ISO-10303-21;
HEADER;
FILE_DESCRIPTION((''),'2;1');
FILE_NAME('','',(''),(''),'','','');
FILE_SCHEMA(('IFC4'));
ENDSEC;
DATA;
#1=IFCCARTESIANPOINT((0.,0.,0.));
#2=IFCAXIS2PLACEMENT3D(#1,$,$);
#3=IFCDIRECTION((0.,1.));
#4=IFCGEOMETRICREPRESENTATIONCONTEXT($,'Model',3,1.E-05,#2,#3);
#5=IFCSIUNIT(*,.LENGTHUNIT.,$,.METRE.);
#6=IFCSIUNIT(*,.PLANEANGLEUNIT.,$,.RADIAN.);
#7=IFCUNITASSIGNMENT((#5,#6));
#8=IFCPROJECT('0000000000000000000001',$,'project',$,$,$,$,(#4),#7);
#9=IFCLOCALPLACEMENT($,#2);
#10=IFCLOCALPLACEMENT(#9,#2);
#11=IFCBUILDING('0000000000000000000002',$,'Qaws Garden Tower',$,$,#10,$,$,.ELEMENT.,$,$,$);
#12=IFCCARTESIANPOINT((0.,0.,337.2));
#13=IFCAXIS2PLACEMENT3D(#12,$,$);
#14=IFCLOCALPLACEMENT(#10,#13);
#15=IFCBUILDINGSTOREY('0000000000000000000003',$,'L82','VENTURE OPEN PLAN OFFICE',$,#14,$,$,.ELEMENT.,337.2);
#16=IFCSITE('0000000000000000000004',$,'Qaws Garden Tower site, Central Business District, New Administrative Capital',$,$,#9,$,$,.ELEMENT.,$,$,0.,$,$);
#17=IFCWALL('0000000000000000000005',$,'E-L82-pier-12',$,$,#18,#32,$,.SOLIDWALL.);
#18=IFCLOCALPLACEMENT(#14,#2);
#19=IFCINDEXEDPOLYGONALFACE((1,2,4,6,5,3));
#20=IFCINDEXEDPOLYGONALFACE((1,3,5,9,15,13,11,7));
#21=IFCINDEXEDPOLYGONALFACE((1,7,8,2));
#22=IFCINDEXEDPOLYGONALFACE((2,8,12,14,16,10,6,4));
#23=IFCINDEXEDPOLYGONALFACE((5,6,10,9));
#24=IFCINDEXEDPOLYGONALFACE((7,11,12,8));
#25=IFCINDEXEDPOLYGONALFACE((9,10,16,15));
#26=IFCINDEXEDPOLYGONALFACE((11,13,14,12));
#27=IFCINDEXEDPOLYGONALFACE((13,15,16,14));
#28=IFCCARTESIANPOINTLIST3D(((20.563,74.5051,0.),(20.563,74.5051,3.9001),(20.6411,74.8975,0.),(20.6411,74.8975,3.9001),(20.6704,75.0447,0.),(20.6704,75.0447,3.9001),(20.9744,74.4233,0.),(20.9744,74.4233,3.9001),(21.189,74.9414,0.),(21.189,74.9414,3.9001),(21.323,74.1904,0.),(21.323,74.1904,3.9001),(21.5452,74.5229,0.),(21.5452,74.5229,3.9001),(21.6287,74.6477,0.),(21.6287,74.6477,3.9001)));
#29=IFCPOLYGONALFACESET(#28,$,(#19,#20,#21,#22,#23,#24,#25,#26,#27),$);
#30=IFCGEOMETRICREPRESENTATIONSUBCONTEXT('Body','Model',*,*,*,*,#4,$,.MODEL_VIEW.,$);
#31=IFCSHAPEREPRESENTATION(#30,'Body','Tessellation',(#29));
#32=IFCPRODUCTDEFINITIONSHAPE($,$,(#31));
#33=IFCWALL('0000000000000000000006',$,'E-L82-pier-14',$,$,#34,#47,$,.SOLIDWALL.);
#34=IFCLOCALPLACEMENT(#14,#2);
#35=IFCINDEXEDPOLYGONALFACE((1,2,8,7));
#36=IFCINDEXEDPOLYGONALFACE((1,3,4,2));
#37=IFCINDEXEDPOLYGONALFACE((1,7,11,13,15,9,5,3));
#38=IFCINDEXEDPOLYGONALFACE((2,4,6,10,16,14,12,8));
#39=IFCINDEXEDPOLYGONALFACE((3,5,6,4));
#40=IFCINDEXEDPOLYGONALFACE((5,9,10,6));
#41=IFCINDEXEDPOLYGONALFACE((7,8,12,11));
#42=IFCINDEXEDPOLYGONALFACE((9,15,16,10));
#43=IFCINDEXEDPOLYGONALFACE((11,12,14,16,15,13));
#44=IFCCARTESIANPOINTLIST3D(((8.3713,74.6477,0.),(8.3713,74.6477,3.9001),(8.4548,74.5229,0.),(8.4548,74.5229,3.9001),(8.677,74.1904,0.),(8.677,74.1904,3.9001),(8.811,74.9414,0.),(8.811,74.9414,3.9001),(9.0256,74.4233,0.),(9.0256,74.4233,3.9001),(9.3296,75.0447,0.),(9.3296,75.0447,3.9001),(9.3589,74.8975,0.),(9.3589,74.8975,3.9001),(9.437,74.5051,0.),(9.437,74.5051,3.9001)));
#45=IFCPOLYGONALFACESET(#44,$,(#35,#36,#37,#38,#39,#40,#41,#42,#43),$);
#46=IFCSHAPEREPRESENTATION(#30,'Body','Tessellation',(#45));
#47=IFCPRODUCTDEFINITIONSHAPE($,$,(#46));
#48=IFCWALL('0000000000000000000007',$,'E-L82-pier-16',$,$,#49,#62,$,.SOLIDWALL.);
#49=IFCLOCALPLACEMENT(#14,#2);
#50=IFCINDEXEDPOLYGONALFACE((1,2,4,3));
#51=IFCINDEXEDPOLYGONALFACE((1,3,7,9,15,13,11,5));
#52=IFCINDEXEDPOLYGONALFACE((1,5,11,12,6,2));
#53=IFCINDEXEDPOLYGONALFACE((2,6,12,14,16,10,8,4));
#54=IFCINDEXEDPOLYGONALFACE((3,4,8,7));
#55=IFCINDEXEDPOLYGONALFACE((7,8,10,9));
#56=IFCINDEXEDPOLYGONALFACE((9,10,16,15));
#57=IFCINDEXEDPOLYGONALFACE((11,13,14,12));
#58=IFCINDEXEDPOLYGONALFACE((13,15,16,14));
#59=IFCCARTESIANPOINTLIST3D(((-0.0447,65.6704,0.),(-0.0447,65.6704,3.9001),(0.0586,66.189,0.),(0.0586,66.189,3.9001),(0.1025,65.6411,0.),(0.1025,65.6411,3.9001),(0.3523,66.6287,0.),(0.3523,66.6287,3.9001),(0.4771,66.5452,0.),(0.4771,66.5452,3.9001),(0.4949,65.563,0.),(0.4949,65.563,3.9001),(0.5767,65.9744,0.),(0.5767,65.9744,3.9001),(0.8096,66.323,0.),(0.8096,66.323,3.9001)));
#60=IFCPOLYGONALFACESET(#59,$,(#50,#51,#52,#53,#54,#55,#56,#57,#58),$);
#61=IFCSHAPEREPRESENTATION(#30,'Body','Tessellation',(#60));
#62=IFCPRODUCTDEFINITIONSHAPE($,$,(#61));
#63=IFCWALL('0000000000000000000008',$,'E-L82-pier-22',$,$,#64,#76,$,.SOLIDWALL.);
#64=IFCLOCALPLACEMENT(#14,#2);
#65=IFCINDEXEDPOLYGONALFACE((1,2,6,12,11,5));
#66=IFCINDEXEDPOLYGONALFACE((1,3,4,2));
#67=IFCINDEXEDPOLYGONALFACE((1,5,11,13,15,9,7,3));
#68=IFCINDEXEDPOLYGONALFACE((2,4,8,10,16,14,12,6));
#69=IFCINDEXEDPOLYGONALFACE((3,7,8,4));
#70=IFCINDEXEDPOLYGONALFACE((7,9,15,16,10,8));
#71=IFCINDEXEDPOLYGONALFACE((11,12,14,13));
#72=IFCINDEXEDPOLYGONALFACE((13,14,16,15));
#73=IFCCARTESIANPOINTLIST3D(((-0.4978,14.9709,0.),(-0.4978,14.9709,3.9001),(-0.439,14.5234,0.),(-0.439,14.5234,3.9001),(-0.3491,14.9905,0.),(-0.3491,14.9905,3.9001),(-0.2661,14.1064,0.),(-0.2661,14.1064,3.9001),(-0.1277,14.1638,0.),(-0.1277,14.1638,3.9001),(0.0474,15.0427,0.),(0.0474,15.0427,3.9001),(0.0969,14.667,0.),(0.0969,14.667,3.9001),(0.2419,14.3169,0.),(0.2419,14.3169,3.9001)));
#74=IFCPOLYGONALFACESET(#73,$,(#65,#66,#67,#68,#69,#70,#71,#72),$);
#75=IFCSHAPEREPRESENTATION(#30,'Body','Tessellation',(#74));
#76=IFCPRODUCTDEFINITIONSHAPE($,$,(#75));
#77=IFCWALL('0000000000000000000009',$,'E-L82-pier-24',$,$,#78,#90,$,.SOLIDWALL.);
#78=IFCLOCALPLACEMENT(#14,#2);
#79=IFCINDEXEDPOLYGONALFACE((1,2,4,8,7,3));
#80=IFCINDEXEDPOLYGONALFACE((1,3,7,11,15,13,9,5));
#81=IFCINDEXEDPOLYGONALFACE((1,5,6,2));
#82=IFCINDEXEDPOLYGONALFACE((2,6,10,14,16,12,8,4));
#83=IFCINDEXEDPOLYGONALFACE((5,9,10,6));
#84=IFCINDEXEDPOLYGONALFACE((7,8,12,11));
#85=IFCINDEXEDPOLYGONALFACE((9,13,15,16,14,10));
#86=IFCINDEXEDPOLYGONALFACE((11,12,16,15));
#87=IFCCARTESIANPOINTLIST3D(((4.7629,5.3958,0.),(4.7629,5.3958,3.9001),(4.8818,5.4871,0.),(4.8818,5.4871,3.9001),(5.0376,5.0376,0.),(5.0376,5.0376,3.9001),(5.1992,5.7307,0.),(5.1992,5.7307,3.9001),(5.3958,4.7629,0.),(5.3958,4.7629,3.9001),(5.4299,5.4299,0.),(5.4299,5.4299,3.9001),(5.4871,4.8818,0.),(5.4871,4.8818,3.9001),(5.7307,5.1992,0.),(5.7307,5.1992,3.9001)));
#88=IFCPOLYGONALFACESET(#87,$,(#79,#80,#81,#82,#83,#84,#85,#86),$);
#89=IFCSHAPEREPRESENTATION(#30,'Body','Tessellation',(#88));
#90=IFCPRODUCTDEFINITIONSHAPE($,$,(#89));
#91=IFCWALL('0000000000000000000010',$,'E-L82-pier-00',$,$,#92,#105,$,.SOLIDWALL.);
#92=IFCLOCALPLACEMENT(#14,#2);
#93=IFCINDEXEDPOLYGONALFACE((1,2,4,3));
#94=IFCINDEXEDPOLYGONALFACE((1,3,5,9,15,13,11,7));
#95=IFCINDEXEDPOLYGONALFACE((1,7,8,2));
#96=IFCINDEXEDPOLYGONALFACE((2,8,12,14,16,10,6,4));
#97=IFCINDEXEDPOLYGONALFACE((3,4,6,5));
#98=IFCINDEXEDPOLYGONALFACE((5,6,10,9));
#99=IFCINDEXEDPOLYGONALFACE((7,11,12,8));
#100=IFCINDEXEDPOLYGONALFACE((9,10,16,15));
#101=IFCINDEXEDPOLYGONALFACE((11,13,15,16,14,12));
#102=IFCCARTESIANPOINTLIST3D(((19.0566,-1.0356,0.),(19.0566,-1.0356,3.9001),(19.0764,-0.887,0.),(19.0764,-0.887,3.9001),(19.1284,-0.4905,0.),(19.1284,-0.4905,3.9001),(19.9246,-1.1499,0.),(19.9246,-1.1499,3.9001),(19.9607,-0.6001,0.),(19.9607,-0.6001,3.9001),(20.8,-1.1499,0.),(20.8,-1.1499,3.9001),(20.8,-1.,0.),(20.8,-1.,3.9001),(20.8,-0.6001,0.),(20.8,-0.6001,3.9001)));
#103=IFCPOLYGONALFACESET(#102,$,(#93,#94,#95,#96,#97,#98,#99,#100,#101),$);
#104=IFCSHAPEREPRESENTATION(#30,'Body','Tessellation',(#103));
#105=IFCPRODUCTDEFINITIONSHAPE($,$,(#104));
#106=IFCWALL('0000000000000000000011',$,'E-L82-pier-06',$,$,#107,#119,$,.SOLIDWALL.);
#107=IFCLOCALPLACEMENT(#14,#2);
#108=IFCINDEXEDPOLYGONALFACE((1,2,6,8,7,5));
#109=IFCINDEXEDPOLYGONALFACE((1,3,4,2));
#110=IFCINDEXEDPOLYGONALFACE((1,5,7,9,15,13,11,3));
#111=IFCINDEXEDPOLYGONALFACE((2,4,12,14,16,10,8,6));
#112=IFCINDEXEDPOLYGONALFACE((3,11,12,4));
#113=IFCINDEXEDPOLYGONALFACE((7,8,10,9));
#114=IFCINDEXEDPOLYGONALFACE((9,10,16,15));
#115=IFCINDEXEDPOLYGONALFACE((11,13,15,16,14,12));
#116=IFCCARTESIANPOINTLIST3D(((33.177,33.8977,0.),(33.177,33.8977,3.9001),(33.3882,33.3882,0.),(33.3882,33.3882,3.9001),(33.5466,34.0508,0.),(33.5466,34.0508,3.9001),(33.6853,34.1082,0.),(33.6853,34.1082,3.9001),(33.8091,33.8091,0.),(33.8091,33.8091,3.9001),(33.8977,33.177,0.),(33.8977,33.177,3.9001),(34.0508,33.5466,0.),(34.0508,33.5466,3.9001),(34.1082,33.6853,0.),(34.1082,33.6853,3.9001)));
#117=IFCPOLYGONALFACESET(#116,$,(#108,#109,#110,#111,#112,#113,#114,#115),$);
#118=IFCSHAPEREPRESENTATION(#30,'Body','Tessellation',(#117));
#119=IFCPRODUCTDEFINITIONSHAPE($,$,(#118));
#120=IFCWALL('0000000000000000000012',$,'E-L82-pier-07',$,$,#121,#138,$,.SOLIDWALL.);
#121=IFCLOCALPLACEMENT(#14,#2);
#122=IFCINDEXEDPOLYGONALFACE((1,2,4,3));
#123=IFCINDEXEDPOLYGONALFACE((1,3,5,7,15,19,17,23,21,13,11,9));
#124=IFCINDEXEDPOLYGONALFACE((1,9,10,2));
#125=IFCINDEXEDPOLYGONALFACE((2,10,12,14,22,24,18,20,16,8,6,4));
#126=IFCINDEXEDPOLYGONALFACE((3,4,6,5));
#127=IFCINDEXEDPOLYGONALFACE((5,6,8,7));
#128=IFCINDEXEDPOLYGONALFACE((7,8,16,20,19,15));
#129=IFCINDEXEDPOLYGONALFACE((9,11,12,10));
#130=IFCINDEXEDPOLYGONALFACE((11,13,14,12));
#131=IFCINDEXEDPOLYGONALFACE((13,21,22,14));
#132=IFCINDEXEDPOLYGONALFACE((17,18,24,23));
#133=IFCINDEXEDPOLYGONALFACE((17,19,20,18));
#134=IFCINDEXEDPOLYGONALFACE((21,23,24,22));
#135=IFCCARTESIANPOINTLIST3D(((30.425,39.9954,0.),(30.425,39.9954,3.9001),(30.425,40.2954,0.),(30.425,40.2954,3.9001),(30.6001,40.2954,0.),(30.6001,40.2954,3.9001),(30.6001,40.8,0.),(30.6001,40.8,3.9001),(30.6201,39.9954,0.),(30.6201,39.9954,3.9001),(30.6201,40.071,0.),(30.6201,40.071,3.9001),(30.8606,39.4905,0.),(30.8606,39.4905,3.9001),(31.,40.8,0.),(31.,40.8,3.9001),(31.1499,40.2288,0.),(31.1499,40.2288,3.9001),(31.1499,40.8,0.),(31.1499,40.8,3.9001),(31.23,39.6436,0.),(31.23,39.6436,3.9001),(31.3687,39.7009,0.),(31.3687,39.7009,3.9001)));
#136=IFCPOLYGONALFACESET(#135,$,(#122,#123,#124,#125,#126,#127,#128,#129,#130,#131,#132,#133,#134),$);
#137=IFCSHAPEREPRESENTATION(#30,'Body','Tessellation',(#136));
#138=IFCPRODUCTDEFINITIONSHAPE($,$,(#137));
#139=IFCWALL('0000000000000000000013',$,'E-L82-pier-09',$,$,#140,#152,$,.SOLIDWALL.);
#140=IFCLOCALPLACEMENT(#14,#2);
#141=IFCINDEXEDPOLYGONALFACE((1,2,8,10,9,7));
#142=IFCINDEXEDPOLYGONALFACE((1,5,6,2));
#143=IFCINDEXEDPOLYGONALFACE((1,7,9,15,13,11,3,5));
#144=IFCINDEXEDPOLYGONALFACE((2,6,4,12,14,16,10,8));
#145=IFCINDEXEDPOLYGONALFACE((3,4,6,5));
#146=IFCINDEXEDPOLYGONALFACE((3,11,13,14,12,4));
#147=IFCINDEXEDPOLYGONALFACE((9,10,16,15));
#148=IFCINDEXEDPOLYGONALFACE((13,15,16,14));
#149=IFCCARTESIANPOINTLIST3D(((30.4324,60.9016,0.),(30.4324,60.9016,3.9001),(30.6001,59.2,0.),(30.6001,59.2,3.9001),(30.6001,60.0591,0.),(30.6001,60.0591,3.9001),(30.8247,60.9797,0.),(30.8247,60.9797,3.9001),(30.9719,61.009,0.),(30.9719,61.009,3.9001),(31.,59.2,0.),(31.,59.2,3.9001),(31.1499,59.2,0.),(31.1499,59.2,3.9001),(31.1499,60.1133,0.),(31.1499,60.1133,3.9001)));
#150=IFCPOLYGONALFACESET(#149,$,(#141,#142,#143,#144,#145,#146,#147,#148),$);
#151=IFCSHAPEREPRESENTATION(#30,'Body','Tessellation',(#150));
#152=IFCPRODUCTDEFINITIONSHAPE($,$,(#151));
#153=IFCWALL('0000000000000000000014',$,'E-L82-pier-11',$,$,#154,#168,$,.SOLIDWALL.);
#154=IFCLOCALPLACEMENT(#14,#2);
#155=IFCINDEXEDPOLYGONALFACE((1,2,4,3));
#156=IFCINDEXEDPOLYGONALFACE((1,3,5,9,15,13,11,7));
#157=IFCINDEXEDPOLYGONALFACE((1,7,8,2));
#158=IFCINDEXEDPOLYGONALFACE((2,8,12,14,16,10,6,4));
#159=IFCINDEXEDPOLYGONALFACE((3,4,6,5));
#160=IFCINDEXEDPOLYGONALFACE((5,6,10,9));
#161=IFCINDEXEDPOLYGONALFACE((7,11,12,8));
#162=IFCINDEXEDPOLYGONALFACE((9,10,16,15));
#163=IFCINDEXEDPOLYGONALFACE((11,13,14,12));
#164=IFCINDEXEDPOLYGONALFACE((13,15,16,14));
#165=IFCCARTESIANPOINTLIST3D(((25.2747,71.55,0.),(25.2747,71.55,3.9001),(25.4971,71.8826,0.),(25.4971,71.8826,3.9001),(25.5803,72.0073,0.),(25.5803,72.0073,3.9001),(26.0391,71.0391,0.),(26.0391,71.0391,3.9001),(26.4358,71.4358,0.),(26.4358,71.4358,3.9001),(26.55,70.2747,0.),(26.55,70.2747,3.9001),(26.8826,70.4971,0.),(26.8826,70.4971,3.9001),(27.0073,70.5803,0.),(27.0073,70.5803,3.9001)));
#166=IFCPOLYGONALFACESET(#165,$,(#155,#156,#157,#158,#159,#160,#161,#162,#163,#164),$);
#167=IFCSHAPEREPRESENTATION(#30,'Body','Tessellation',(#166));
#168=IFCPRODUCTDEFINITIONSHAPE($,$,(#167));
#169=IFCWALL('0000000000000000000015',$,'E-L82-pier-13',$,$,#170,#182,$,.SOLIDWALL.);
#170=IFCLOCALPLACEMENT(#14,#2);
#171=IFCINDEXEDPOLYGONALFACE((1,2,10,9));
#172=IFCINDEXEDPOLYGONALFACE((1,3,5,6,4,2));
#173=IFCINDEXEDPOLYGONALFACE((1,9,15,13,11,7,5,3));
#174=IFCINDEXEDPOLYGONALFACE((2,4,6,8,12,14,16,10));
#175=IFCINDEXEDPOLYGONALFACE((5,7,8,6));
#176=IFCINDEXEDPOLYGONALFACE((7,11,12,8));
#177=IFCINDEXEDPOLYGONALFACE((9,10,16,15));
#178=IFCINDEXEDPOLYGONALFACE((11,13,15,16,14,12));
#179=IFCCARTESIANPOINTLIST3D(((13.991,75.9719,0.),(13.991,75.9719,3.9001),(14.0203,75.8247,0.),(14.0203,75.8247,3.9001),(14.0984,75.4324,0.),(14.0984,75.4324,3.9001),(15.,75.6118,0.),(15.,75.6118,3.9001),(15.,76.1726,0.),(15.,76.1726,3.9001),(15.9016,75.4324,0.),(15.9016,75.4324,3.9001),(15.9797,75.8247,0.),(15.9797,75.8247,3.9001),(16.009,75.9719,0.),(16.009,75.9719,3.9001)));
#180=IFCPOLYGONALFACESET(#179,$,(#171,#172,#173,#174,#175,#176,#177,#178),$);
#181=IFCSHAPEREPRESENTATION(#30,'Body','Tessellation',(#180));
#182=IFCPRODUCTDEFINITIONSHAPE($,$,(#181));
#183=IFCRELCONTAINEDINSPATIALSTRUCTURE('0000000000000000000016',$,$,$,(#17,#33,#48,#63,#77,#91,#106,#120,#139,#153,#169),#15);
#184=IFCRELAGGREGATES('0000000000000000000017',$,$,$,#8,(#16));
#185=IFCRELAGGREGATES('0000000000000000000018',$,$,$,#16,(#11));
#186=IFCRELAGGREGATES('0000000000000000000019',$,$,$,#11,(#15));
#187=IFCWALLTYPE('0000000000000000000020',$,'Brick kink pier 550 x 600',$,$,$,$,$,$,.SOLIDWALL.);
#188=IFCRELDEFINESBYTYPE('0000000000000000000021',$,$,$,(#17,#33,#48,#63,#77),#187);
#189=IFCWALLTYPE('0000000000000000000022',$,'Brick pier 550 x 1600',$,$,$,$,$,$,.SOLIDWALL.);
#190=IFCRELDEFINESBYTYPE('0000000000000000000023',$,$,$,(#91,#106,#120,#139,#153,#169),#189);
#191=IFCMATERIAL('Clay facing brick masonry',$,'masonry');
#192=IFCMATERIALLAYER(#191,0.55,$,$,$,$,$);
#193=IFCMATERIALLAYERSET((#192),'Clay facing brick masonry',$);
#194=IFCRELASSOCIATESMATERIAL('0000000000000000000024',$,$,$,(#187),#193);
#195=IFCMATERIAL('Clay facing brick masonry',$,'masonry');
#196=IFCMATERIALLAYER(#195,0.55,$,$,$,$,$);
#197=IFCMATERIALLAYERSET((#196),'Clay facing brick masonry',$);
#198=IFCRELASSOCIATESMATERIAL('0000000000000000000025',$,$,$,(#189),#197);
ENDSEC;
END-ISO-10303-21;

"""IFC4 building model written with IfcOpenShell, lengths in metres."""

from ifc_helpers import new_model, si_unit, direction, frame, origin, place, context, subcontext, project, spatial, polyline, outline, extrude, material, layer, layer_set, type_object, element, save


model = new_model("IFC4")

# Units and contexts
model_context = context("Model", 3, precision=1e-05, world=origin(), true_north=direction((0.0, 1.0)))
body_context = subcontext(model_context, "Body", "Model", "MODEL_VIEW")
ifc_project = project(units=[si_unit("LENGTHUNIT", "METRE"), si_unit("PLANEANGLEUNIT", "RADIAN")], contexts=[model_context])

# Site, building, storey
site_placement = place(None, origin())
site = spatial("IfcSite", under=ifc_project, at=site_placement, Name="Qaws Garden Tower site, Central Business District, New Administrative Capital", CompositionType="ELEMENT", RefElevation=0.0)
building_placement = place(site_placement, origin())
building = spatial("IfcBuilding", under=site, at=building_placement, Name="Qaws Garden Tower", CompositionType="ELEMENT")
storey_placement = place(building_placement, frame((0.0, 0.0, 337.2)))
storey = spatial("IfcBuildingStorey", under=building, at=storey_placement, Name="L82", Description="VENTURE OPEN PLAN OFFICE", CompositionType="ELEMENT", Elevation=337.2)

# Walls
placement = place(storey_placement, origin())
ifc_material_1 = material(Name="Clay facing brick masonry", Category="masonry")
ifc_layer_1 = layer(ifc_material_1, 0.55)
ifc_layer_set_1 = layer_set([ifc_layer_1], Name="Clay facing brick masonry")
wall_type_1 = type_object("IfcWallType", Name="Brick kink pier 550 x 600", PredefinedType="SOLIDWALL", material=ifc_layer_set_1)
element("IfcWall", 1, at=placement, inside=storey, type_object=wall_type_1, Name="E-L82-pier-12", PredefinedType="SOLIDWALL", context=body_context, shape_type="SweptSolid", body=[
    extrude(outline(polyline([(21.5452, 74.5229), (21.6287, 74.6477), (21.189, 74.9414), (20.6704, 75.0447), (20.6411, 74.8975), (20.563, 74.5051), (20.9744, 74.4233), (21.323, 74.1904), (21.5452, 74.5229)])), origin(), (0.0, 0.0, 1.0), 3.9001),
])
element("IfcWall", 2, at=placement, inside=storey, type_object=wall_type_1, Name="E-L82-pier-14", PredefinedType="SOLIDWALL", context=body_context, shape_type="SweptSolid", body=[
    extrude(outline(polyline([(9.3589, 74.8975), (9.3296, 75.0447), (8.811, 74.9414), (8.3713, 74.6477), (8.4548, 74.5229), (8.677, 74.1904), (9.0256, 74.4233), (9.437, 74.5051), (9.3589, 74.8975)])), origin(), (0.0, 0.0, 1.0), 3.9001),
])
element("IfcWall", 3, at=placement, inside=storey, type_object=wall_type_1, Name="E-L82-pier-16", PredefinedType="SOLIDWALL", context=body_context, shape_type="SweptSolid", body=[
    extrude(outline(polyline([(0.4771, 66.5452), (0.3523, 66.6287), (0.0586, 66.189), (-0.0447, 65.6704), (0.1025, 65.6411), (0.4949, 65.563), (0.5767, 65.9744), (0.8096, 66.323), (0.4771, 66.5452)])), origin(), (0.0, 0.0, 1.0), 3.9001),
])
element("IfcWall", 4, at=placement, inside=storey, type_object=wall_type_1, Name="E-L82-pier-22", PredefinedType="SOLIDWALL", context=body_context, shape_type="SweptSolid", body=[
    extrude(outline(polyline([(-0.3491, 14.9905), (-0.4978, 14.9709), (-0.439, 14.5234), (-0.2661, 14.1064), (-0.1277, 14.1638), (0.2419, 14.3169), (0.0969, 14.667), (0.0474, 15.0427), (-0.3491, 14.9905)])), origin(), (0.0, 0.0, 1.0), 3.9001),
])
element("IfcWall", 5, at=placement, inside=storey, type_object=wall_type_1, Name="E-L82-pier-24", PredefinedType="SOLIDWALL", context=body_context, shape_type="SweptSolid", body=[
    extrude(outline(polyline([(4.8818, 5.4871), (4.7629, 5.3958), (5.0376, 5.0376), (5.3958, 4.7629), (5.4871, 4.8818), (5.7307, 5.1992), (5.4299, 5.4299), (5.1992, 5.7307), (4.8818, 5.4871)])), origin(), (0.0, 0.0, 1.0), 3.9001),
])
ifc_material_2 = material(Name="Clay facing brick masonry", Category="masonry")
ifc_layer_2 = layer(ifc_material_2, 0.55)
ifc_layer_set_2 = layer_set([ifc_layer_2], Name="Clay facing brick masonry")
wall_type_2 = type_object("IfcWallType", Name="Brick pier 550 x 1600", PredefinedType="SOLIDWALL", material=ifc_layer_set_2)
element("IfcWall", 6, at=placement, inside=storey, type_object=wall_type_2, Name="E-L82-pier-00", PredefinedType="SOLIDWALL", context=body_context, shape_type="SweptSolid", body=[
    extrude(outline(polyline([(19.0764, -0.887), (19.0566, -1.0356), (19.9246, -1.1499), (20.8, -1.1499), (20.8, -1.0), (20.8, -0.6001), (19.9607, -0.6001), (19.1284, -0.4905), (19.0764, -0.887)])), origin(), (0.0, 0.0, 1.0), 3.9001),
])
element("IfcWall", 7, at=placement, inside=storey, type_object=wall_type_2, Name="E-L82-pier-06", PredefinedType="SOLIDWALL", context=body_context, shape_type="SweptSolid", body=[
    extrude(outline(polyline([(34.0508, 33.5466), (34.1082, 33.6853), (33.8091, 33.8091), (33.6853, 34.1082), (33.5466, 34.0508), (33.177, 33.8977), (33.3882, 33.3882), (33.8977, 33.177), (34.0508, 33.5466)])), origin(), (0.0, 0.0, 1.0), 3.9001),
])
element("IfcWall", 8, at=placement, inside=storey, type_object=wall_type_2, Name="E-L82-pier-07", PredefinedType="SOLIDWALL", context=body_context, shape_type="SweptSolid", body=[
    extrude(outline(polyline([(30.6201, 39.9954), (30.6201, 40.071), (30.8606, 39.4905), (31.23, 39.6436), (31.3687, 39.7009), (31.1499, 40.2288), (31.1499, 40.8), (31.0, 40.8), (30.6001, 40.8), (30.6001, 40.2954), (30.425, 40.2954), (30.425, 39.9954), (30.6201, 39.9954)])), origin(), (0.0, 0.0, 1.0), 3.9001),
])
element("IfcWall", 9, at=placement, inside=storey, type_object=wall_type_2, Name="E-L82-pier-09", PredefinedType="SOLIDWALL", context=body_context, shape_type="SweptSolid", body=[
    extrude(outline(polyline([(31.0, 59.2), (31.1499, 59.2), (31.1499, 60.1133), (30.9719, 61.009), (30.8247, 60.9797), (30.4324, 60.9016), (30.6001, 60.0591), (30.6001, 59.2), (31.0, 59.2)])), origin(), (0.0, 0.0, 1.0), 3.9001),
])
element("IfcWall", 10, at=placement, inside=storey, type_object=wall_type_2, Name="E-L82-pier-11", PredefinedType="SOLIDWALL", context=body_context, shape_type="SweptSolid", body=[
    extrude(outline(polyline([(26.8826, 70.4971), (27.0073, 70.5803), (26.4358, 71.4358), (25.5803, 72.0073), (25.4971, 71.8826), (25.2747, 71.55), (26.0391, 71.0391), (26.55, 70.2747), (26.8826, 70.4971)])), origin(), (0.0, 0.0, 1.0), 3.9001),
])
element("IfcWall", 11, at=placement, inside=storey, type_object=wall_type_2, Name="E-L82-pier-13", PredefinedType="SOLIDWALL", context=body_context, shape_type="SweptSolid", body=[
    extrude(outline(polyline([(15.9797, 75.8247), (16.009, 75.9719), (15.0, 76.1726), (13.991, 75.9719), (14.0203, 75.8247), (14.0984, 75.4324), (15.0, 75.6118), (15.9016, 75.4324), (15.9797, 75.8247)])), origin(), (0.0, 0.0, 1.0), 3.9001),
])

save(model, "model.ifc")
